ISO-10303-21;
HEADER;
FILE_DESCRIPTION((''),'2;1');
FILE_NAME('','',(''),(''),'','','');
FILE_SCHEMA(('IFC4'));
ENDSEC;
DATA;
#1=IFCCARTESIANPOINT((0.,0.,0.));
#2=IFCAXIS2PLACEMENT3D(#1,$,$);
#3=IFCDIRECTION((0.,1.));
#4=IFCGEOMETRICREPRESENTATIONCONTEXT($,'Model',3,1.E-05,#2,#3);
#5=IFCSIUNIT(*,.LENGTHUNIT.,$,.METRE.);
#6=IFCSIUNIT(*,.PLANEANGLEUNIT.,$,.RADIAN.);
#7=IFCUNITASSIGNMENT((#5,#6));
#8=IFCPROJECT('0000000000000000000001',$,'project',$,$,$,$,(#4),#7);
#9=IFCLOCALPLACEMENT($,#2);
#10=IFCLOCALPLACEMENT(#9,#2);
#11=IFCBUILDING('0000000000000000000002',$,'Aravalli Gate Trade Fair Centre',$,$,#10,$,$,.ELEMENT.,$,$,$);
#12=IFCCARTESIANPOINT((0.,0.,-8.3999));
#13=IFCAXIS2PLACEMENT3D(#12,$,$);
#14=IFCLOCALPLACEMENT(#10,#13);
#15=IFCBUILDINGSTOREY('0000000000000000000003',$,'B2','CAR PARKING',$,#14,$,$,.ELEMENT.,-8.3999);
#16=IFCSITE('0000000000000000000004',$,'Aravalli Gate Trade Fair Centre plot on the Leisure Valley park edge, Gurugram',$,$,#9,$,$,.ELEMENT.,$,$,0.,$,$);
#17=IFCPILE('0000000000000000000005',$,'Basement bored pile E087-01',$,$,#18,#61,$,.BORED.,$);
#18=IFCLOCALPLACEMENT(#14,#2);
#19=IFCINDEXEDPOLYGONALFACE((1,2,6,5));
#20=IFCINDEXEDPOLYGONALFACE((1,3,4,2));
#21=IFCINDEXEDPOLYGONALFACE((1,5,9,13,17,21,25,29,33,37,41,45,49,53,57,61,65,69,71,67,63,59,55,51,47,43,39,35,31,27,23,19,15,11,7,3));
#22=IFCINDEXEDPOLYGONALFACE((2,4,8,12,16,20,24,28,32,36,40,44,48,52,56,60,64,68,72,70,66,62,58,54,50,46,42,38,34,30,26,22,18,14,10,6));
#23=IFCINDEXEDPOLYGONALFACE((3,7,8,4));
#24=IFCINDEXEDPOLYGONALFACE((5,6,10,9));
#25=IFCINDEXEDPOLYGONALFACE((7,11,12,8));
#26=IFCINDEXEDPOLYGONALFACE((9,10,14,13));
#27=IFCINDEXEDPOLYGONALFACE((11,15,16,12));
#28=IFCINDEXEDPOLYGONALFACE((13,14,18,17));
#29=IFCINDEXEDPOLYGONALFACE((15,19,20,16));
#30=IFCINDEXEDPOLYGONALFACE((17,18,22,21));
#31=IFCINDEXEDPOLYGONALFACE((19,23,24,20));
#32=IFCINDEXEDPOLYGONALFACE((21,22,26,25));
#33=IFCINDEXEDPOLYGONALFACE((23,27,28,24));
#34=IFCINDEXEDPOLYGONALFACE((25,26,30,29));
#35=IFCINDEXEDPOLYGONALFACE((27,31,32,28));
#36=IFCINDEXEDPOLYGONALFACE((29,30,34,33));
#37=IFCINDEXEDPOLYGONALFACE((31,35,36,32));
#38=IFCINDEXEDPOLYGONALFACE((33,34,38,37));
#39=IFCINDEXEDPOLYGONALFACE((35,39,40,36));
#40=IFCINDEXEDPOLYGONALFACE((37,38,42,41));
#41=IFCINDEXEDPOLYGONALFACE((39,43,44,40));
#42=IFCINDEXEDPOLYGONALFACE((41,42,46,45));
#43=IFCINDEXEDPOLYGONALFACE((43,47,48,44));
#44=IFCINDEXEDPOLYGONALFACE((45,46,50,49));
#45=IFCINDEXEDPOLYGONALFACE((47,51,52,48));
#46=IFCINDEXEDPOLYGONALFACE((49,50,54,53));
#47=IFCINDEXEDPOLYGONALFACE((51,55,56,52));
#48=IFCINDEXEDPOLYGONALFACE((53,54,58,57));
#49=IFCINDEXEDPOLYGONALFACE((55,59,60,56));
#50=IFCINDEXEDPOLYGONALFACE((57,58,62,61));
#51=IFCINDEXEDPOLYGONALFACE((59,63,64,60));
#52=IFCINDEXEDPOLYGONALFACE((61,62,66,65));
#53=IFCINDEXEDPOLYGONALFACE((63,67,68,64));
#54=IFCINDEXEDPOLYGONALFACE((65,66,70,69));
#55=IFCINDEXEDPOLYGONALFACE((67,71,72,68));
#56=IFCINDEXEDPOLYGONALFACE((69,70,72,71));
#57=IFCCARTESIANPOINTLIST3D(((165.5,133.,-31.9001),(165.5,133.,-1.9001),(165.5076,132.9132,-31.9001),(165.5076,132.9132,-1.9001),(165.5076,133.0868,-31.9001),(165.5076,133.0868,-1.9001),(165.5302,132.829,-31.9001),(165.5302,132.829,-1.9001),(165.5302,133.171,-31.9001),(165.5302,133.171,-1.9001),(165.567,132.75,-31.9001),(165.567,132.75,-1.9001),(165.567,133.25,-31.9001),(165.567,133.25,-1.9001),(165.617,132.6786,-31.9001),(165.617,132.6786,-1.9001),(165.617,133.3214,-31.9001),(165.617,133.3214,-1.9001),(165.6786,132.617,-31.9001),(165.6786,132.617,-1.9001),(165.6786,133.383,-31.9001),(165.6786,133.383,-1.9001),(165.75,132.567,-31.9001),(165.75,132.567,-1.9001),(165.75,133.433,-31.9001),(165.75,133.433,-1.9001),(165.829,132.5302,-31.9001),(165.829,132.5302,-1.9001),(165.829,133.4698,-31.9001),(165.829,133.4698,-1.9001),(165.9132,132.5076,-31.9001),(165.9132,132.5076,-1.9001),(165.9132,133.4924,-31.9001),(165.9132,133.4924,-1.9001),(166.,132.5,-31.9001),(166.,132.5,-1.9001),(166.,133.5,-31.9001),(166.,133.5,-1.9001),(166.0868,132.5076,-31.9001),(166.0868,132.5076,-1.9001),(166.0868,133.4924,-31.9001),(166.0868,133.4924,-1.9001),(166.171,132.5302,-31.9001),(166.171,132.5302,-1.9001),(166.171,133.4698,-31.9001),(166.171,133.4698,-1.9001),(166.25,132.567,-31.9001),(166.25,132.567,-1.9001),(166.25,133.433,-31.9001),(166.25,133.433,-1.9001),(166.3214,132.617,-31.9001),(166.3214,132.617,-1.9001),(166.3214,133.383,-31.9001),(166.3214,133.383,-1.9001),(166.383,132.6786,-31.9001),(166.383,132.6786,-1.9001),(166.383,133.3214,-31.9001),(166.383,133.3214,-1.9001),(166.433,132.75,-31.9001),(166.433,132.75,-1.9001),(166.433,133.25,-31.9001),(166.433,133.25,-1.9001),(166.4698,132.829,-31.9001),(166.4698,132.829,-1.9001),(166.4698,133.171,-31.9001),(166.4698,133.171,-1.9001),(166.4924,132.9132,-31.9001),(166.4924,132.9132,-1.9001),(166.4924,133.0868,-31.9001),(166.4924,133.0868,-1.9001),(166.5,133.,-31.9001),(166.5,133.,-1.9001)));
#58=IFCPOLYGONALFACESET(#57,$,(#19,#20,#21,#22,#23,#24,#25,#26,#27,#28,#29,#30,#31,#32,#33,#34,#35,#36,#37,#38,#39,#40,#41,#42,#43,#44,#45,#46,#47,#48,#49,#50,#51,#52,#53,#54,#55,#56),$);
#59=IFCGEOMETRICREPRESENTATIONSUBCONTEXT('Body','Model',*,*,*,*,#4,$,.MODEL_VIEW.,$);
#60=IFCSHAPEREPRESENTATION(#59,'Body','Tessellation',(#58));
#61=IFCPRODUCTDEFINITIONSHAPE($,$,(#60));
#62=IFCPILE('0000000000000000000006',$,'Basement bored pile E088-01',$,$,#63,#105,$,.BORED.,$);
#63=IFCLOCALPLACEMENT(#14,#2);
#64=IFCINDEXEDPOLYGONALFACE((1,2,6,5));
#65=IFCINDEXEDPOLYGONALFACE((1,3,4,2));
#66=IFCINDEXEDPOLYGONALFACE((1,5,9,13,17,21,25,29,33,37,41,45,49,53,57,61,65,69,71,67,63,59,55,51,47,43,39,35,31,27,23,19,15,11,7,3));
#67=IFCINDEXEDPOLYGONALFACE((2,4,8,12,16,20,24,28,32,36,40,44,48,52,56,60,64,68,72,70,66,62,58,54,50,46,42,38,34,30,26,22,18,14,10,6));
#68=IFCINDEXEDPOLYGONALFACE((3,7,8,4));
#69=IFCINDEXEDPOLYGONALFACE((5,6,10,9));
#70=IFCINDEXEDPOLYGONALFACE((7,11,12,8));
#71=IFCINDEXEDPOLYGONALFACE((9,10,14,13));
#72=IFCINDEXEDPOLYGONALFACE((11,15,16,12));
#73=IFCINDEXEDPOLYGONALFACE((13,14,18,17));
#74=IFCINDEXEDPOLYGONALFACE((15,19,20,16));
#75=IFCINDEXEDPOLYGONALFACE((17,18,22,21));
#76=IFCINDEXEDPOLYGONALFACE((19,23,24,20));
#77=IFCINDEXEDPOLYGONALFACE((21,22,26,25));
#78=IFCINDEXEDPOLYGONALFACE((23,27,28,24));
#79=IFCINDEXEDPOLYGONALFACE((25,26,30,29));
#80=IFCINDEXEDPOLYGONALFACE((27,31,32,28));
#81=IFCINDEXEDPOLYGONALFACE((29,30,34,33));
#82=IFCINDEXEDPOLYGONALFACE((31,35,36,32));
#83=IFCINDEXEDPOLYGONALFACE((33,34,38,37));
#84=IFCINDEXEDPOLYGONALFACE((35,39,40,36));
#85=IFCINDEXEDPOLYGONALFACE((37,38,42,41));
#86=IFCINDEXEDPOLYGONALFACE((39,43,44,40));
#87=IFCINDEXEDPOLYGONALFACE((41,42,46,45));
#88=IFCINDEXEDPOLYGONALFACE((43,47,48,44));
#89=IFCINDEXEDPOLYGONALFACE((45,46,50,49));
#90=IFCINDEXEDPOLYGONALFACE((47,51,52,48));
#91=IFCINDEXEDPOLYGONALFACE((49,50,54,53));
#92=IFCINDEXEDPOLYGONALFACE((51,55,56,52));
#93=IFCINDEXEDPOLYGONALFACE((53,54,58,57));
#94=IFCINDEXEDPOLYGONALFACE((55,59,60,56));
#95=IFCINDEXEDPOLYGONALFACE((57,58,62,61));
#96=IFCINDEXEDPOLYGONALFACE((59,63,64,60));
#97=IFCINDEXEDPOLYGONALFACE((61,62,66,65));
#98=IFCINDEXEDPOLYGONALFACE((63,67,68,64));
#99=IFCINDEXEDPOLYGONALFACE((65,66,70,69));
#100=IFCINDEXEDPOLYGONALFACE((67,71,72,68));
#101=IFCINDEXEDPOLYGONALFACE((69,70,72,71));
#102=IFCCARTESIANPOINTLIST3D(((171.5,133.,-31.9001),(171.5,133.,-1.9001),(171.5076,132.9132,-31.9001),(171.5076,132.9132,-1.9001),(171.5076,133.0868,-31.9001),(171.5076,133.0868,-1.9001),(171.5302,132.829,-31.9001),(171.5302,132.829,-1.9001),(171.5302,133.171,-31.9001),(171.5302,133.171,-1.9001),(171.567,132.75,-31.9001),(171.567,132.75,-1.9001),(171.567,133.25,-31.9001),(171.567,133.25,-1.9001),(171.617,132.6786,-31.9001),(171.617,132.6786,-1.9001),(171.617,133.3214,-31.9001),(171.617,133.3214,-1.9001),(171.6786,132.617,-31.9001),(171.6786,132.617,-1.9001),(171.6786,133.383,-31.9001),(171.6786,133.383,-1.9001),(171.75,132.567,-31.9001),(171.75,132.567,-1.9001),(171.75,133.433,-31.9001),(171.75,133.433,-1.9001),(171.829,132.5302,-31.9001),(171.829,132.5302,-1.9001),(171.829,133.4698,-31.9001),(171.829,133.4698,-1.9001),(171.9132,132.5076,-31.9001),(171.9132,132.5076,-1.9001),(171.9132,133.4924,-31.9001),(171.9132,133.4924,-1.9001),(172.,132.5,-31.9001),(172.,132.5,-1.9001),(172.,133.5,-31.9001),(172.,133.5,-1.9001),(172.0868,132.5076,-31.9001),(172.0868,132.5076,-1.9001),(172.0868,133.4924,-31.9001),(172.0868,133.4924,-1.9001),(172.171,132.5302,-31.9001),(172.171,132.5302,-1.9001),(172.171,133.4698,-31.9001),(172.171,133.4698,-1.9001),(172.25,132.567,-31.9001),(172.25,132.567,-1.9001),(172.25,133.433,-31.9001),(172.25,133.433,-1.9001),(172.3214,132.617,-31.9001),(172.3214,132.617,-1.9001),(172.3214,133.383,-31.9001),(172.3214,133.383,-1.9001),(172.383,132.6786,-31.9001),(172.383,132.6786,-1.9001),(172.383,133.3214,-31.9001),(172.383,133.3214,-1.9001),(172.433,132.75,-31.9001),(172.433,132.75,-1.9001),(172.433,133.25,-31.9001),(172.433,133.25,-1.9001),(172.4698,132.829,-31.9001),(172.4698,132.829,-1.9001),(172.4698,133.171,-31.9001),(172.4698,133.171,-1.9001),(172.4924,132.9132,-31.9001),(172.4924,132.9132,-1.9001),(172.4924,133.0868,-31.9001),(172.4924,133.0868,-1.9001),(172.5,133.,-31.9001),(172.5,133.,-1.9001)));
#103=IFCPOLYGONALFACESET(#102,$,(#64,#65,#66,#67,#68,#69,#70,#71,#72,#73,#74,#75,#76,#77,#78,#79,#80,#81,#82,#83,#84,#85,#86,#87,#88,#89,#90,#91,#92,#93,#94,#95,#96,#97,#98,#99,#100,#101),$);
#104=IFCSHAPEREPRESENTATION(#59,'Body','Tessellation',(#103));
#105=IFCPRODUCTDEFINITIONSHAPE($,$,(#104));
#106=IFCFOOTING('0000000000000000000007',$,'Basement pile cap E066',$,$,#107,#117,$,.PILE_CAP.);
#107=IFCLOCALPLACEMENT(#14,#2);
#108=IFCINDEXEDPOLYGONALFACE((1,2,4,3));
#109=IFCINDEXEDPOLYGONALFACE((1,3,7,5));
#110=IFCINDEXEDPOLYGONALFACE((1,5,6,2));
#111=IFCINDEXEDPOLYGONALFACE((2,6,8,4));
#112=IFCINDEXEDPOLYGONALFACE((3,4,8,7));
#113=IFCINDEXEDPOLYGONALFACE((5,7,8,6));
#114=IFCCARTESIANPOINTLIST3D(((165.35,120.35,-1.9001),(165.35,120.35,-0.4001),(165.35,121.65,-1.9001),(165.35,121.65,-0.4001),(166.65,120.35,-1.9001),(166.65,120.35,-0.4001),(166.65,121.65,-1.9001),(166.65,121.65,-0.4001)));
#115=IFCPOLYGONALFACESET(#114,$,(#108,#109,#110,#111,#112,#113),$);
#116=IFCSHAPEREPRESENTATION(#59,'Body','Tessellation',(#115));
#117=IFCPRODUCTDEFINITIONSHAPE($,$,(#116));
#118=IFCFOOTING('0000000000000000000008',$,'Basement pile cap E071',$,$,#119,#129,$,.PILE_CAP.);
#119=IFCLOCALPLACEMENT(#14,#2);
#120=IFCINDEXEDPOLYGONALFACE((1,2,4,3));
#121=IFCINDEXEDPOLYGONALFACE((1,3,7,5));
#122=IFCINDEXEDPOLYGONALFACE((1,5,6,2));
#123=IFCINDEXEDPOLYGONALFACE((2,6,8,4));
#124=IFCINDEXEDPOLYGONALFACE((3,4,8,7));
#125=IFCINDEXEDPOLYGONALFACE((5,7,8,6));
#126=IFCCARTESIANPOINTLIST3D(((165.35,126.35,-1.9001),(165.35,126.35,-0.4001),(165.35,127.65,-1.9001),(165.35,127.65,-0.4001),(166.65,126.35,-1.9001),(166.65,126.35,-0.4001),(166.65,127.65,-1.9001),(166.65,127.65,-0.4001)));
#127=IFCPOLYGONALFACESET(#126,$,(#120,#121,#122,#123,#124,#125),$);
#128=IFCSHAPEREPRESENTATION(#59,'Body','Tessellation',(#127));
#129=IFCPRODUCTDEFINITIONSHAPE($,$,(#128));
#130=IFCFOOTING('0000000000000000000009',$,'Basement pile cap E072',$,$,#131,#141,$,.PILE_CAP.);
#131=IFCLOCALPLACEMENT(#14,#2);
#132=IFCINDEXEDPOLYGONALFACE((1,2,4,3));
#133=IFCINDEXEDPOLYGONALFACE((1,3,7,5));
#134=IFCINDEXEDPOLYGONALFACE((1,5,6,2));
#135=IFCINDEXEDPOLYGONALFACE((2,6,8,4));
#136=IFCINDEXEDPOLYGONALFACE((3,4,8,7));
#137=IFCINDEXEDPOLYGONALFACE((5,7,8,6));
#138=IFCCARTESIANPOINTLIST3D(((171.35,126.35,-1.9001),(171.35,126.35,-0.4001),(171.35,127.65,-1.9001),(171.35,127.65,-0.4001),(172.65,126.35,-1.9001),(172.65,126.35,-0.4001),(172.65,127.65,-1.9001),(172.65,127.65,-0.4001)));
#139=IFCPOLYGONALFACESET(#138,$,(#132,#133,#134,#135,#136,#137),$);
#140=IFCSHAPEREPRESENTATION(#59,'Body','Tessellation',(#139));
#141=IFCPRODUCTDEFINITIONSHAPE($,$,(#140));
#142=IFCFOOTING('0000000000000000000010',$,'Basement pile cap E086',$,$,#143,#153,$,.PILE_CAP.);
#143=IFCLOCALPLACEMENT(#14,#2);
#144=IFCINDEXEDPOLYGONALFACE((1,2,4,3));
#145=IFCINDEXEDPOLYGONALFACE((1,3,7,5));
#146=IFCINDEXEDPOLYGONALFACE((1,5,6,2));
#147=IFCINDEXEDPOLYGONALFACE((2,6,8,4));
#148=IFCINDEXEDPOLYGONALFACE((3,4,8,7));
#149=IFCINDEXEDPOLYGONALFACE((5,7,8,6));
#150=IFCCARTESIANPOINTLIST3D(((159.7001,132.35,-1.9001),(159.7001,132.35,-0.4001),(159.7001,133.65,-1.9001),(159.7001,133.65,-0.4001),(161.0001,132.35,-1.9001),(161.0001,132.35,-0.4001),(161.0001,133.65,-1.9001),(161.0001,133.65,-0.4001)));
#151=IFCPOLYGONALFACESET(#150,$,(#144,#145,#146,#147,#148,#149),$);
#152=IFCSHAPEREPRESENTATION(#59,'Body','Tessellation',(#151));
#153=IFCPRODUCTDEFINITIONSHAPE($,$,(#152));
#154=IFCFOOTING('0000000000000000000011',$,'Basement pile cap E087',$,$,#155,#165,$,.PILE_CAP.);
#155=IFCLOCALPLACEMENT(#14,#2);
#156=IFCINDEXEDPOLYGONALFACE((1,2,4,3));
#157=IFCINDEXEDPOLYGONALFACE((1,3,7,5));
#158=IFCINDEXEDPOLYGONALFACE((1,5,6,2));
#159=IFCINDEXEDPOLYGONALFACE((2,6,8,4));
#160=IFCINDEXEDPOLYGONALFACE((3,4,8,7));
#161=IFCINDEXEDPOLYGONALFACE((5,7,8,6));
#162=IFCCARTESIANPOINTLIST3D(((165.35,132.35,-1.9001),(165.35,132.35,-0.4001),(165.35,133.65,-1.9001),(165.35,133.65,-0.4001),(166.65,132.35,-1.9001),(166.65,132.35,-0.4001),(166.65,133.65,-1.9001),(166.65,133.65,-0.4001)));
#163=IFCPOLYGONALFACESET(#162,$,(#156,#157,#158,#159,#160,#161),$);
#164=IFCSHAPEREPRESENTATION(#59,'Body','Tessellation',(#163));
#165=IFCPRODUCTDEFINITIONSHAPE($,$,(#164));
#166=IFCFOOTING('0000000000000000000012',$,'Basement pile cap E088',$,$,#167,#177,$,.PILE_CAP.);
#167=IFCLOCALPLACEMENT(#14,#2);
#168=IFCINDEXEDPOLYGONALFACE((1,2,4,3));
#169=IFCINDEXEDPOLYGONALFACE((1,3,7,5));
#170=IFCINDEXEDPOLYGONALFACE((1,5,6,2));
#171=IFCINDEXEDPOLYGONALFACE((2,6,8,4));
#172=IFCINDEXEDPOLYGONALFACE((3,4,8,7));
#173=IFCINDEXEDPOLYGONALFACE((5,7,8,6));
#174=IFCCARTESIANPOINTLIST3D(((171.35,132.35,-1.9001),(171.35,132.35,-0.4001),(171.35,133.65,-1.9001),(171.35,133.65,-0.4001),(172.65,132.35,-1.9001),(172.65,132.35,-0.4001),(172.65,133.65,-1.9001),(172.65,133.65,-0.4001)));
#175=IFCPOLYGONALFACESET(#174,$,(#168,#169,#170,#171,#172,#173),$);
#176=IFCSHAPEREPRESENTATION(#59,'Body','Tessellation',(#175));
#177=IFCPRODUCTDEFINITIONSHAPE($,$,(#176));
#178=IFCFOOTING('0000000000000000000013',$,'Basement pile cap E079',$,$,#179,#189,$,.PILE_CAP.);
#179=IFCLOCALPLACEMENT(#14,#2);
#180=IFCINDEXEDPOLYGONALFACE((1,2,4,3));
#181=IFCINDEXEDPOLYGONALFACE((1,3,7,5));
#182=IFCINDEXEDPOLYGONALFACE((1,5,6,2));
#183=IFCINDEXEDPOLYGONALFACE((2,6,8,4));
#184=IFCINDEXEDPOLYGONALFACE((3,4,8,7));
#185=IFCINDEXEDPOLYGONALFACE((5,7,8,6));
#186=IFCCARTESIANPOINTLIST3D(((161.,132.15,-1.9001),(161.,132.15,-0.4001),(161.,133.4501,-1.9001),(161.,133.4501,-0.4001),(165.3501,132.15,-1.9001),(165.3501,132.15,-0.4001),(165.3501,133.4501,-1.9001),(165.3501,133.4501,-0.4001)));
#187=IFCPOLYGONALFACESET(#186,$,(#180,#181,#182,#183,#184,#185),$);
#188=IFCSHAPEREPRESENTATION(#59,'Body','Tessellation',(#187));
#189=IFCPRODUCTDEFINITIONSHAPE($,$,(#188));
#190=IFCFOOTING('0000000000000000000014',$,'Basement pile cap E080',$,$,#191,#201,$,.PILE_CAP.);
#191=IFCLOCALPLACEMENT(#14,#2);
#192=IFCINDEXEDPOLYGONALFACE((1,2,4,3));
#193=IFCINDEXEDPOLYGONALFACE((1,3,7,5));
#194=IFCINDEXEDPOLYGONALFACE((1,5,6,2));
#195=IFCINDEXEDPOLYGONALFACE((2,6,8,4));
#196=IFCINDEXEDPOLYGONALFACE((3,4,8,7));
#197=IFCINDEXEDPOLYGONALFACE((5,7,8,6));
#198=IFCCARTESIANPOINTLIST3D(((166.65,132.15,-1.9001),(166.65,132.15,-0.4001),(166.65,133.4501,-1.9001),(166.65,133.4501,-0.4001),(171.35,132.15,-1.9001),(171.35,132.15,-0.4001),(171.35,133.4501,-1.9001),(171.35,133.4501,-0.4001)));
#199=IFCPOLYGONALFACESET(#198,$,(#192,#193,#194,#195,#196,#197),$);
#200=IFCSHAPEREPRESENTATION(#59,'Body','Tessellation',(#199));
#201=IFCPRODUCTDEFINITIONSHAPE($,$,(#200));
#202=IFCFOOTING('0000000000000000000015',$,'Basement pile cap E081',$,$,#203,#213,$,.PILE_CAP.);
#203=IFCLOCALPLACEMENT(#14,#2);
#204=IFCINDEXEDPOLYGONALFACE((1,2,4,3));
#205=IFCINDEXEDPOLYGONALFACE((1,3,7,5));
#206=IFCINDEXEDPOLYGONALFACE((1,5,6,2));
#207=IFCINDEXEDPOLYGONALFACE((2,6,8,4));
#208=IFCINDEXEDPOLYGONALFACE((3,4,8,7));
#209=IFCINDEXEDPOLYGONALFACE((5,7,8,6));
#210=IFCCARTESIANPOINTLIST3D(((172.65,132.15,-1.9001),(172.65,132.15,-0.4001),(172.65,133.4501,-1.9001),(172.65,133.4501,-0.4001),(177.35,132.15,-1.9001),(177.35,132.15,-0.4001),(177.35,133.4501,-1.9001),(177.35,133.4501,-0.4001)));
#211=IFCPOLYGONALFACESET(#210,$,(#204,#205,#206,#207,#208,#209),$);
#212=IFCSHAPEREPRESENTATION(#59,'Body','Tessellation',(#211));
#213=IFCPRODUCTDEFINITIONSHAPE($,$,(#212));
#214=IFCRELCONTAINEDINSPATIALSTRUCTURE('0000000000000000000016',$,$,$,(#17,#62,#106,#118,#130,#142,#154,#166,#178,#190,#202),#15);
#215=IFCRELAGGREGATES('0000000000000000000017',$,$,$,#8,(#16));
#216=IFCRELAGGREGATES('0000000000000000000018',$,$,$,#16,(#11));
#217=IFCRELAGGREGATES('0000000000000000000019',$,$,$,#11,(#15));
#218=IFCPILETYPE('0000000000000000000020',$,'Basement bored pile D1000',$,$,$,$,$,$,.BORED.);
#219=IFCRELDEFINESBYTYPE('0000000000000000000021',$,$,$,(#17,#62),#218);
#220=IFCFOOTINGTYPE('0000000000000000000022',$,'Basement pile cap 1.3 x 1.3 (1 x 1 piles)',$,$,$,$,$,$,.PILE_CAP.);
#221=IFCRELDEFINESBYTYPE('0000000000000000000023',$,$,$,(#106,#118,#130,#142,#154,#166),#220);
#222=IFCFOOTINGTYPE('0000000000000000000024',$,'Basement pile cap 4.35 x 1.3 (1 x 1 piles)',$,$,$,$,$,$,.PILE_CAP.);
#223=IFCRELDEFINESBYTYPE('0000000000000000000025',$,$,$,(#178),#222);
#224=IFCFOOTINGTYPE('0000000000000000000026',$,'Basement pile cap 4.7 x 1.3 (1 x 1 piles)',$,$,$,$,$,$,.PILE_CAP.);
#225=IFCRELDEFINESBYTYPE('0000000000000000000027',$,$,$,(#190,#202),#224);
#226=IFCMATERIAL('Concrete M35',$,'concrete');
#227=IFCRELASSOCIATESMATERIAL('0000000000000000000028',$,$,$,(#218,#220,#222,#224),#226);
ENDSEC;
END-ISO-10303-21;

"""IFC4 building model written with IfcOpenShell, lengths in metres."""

from ifc_helpers import new_model, si_unit, direction, frame, origin, origin_2d, place, context, subcontext, project, spatial, rectangle, circle, extrude, material, material_profile, profile_set, type_object, element, save


model = new_model("IFC4")

# Units and contexts
model_context = context("Model", 3, precision=1e-05, world=origin(), true_north=direction((0.0, 1.0)))
body_context = subcontext(model_context, "Body", "Model", "MODEL_VIEW")
ifc_project = project(units=[si_unit("LENGTHUNIT", "METRE"), si_unit("PLANEANGLEUNIT", "RADIAN")], contexts=[model_context])

# Site, building, storey
site_placement = place(None, origin())
site = spatial("IfcSite", under=ifc_project, at=site_placement, Name="Aravalli Gate Trade Fair Centre plot on the Leisure Valley park edge, Gurugram", CompositionType="ELEMENT", RefElevation=0.0)
building_placement = place(site_placement, origin())
building = spatial("IfcBuilding", under=site, at=building_placement, Name="Aravalli Gate Trade Fair Centre", CompositionType="ELEMENT")
storey_placement = place(building_placement, frame((0.0, 0.0, -8.3999)))
storey = spatial("IfcBuildingStorey", under=building, at=storey_placement, Name="B2", Description="CAR PARKING", CompositionType="ELEMENT", Elevation=-8.3999)

# Piles
ifc_material_1 = material(Name="Concrete M35", Category="concrete")
ifc_material_profile_1 = material_profile(ifc_material_1, circle(Radius=0.5, at=origin_2d()), Name="D1000")
ifc_profile_set_1 = profile_set([ifc_material_profile_1], Name="Concrete M35")
pile_type = type_object("IfcPileType", Name="Basement bored pile D1000", PredefinedType="BORED", material=ifc_profile_set_1)
for number, where, z_axis, x_axis, name in (
    (1, (166.0, 133.0, -1.9001), (0.0, 0.0, -1.0), (1.0, 0.0, 0.0), "Basement bored pile E087-01"),
    (2, (172.0, 133.0, -1.9001), (0.0, 0.0, -1.0), (1.0, 0.0, 0.0), "Basement bored pile E088-01"),
):
    element("IfcPile", number, at=place(storey_placement, frame(where, z_axis=z_axis, x_axis=x_axis)), inside=storey, type_object=pile_type, Name=name, PredefinedType="BORED", context=body_context, shape_type="SweptSolid", body=[
        extrude(circle(Radius=0.5, at=origin_2d()), origin(), (0.0, 0.0, 1.0), 30.0),
    ])

# Footings
footing_type_1 = type_object("IfcFootingType", Name="Basement pile cap 1.3 x 1.3 (1 x 1 piles)", PredefinedType="PILE_CAP", material=ifc_material_1)
for number, where, z_axis, x_axis, name in (
    (3, (166.0, 121.0, -1.9001), (0.0, 0.0, 1.0), (1.0, 0.0, 0.0), "Basement pile cap E066"),
    (4, (166.0, 127.0, -1.9001), (0.0, 0.0, 1.0), (1.0, 0.0, 0.0), "Basement pile cap E071"),
    (5, (172.0, 127.0, -1.9001), (0.0, 0.0, 1.0), (1.0, 0.0, 0.0), "Basement pile cap E072"),
    (6, (160.3501, 133.0, -1.9001), (0.0, 0.0, 1.0), (1.0, 0.0, 0.0), "Basement pile cap E086"),
    (7, (166.0, 133.0, -1.9001), (0.0, 0.0, 1.0), (1.0, 0.0, 0.0), "Basement pile cap E087"),
    (8, (172.0, 133.0, -1.9001), (0.0, 0.0, 1.0), (1.0, 0.0, 0.0), "Basement pile cap E088"),
):
    element("IfcFooting", number, at=place(storey_placement, frame(where, z_axis=z_axis, x_axis=x_axis)), inside=storey, type_object=footing_type_1, Name=name, PredefinedType="PILE_CAP", context=body_context, shape_type="SweptSolid", body=[
        extrude(rectangle(XDim=1.3, YDim=1.3, at=origin_2d()), origin(), (0.0, 0.0, 1.0), 1.5),
    ])
footing_type_2 = type_object("IfcFootingType", Name="Basement pile cap 4.35 x 1.3 (1 x 1 piles)", PredefinedType="PILE_CAP", material=ifc_material_1)
footing_placement = place(storey_placement, frame((163.175, 132.8, -1.9001), z_axis=(0.0, 0.0, 1.0), x_axis=(1.0, 0.0, 0.0)))
element("IfcFooting", 9, at=footing_placement, inside=storey, type_object=footing_type_2, Name="Basement pile cap E079", PredefinedType="PILE_CAP", context=body_context, shape_type="SweptSolid", body=[
    extrude(rectangle(XDim=4.3501, YDim=1.3, at=origin_2d()), origin(), (0.0, 0.0, 1.0), 1.5),
])
footing_type_3 = type_object("IfcFootingType", Name="Basement pile cap 4.7 x 1.3 (1 x 1 piles)", PredefinedType="PILE_CAP", material=ifc_material_1)
for number, where, z_axis, x_axis, name in (
    (10, (169.0, 132.8, -1.9001), (0.0, 0.0, 1.0), (1.0, 0.0, 0.0), "Basement pile cap E080"),
    (11, (175.0, 132.8, -1.9001), (0.0, 0.0, 1.0), (1.0, 0.0, 0.0), "Basement pile cap E081"),
):
    element("IfcFooting", number, at=place(storey_placement, frame(where, z_axis=z_axis, x_axis=x_axis)), inside=storey, type_object=footing_type_3, Name=name, PredefinedType="PILE_CAP", context=body_context, shape_type="SweptSolid", body=[
        extrude(rectangle(XDim=4.7, YDim=1.3, at=origin_2d()), origin(), (0.0, 0.0, 1.0), 1.5),
    ])

save(model, "model.ifc")
